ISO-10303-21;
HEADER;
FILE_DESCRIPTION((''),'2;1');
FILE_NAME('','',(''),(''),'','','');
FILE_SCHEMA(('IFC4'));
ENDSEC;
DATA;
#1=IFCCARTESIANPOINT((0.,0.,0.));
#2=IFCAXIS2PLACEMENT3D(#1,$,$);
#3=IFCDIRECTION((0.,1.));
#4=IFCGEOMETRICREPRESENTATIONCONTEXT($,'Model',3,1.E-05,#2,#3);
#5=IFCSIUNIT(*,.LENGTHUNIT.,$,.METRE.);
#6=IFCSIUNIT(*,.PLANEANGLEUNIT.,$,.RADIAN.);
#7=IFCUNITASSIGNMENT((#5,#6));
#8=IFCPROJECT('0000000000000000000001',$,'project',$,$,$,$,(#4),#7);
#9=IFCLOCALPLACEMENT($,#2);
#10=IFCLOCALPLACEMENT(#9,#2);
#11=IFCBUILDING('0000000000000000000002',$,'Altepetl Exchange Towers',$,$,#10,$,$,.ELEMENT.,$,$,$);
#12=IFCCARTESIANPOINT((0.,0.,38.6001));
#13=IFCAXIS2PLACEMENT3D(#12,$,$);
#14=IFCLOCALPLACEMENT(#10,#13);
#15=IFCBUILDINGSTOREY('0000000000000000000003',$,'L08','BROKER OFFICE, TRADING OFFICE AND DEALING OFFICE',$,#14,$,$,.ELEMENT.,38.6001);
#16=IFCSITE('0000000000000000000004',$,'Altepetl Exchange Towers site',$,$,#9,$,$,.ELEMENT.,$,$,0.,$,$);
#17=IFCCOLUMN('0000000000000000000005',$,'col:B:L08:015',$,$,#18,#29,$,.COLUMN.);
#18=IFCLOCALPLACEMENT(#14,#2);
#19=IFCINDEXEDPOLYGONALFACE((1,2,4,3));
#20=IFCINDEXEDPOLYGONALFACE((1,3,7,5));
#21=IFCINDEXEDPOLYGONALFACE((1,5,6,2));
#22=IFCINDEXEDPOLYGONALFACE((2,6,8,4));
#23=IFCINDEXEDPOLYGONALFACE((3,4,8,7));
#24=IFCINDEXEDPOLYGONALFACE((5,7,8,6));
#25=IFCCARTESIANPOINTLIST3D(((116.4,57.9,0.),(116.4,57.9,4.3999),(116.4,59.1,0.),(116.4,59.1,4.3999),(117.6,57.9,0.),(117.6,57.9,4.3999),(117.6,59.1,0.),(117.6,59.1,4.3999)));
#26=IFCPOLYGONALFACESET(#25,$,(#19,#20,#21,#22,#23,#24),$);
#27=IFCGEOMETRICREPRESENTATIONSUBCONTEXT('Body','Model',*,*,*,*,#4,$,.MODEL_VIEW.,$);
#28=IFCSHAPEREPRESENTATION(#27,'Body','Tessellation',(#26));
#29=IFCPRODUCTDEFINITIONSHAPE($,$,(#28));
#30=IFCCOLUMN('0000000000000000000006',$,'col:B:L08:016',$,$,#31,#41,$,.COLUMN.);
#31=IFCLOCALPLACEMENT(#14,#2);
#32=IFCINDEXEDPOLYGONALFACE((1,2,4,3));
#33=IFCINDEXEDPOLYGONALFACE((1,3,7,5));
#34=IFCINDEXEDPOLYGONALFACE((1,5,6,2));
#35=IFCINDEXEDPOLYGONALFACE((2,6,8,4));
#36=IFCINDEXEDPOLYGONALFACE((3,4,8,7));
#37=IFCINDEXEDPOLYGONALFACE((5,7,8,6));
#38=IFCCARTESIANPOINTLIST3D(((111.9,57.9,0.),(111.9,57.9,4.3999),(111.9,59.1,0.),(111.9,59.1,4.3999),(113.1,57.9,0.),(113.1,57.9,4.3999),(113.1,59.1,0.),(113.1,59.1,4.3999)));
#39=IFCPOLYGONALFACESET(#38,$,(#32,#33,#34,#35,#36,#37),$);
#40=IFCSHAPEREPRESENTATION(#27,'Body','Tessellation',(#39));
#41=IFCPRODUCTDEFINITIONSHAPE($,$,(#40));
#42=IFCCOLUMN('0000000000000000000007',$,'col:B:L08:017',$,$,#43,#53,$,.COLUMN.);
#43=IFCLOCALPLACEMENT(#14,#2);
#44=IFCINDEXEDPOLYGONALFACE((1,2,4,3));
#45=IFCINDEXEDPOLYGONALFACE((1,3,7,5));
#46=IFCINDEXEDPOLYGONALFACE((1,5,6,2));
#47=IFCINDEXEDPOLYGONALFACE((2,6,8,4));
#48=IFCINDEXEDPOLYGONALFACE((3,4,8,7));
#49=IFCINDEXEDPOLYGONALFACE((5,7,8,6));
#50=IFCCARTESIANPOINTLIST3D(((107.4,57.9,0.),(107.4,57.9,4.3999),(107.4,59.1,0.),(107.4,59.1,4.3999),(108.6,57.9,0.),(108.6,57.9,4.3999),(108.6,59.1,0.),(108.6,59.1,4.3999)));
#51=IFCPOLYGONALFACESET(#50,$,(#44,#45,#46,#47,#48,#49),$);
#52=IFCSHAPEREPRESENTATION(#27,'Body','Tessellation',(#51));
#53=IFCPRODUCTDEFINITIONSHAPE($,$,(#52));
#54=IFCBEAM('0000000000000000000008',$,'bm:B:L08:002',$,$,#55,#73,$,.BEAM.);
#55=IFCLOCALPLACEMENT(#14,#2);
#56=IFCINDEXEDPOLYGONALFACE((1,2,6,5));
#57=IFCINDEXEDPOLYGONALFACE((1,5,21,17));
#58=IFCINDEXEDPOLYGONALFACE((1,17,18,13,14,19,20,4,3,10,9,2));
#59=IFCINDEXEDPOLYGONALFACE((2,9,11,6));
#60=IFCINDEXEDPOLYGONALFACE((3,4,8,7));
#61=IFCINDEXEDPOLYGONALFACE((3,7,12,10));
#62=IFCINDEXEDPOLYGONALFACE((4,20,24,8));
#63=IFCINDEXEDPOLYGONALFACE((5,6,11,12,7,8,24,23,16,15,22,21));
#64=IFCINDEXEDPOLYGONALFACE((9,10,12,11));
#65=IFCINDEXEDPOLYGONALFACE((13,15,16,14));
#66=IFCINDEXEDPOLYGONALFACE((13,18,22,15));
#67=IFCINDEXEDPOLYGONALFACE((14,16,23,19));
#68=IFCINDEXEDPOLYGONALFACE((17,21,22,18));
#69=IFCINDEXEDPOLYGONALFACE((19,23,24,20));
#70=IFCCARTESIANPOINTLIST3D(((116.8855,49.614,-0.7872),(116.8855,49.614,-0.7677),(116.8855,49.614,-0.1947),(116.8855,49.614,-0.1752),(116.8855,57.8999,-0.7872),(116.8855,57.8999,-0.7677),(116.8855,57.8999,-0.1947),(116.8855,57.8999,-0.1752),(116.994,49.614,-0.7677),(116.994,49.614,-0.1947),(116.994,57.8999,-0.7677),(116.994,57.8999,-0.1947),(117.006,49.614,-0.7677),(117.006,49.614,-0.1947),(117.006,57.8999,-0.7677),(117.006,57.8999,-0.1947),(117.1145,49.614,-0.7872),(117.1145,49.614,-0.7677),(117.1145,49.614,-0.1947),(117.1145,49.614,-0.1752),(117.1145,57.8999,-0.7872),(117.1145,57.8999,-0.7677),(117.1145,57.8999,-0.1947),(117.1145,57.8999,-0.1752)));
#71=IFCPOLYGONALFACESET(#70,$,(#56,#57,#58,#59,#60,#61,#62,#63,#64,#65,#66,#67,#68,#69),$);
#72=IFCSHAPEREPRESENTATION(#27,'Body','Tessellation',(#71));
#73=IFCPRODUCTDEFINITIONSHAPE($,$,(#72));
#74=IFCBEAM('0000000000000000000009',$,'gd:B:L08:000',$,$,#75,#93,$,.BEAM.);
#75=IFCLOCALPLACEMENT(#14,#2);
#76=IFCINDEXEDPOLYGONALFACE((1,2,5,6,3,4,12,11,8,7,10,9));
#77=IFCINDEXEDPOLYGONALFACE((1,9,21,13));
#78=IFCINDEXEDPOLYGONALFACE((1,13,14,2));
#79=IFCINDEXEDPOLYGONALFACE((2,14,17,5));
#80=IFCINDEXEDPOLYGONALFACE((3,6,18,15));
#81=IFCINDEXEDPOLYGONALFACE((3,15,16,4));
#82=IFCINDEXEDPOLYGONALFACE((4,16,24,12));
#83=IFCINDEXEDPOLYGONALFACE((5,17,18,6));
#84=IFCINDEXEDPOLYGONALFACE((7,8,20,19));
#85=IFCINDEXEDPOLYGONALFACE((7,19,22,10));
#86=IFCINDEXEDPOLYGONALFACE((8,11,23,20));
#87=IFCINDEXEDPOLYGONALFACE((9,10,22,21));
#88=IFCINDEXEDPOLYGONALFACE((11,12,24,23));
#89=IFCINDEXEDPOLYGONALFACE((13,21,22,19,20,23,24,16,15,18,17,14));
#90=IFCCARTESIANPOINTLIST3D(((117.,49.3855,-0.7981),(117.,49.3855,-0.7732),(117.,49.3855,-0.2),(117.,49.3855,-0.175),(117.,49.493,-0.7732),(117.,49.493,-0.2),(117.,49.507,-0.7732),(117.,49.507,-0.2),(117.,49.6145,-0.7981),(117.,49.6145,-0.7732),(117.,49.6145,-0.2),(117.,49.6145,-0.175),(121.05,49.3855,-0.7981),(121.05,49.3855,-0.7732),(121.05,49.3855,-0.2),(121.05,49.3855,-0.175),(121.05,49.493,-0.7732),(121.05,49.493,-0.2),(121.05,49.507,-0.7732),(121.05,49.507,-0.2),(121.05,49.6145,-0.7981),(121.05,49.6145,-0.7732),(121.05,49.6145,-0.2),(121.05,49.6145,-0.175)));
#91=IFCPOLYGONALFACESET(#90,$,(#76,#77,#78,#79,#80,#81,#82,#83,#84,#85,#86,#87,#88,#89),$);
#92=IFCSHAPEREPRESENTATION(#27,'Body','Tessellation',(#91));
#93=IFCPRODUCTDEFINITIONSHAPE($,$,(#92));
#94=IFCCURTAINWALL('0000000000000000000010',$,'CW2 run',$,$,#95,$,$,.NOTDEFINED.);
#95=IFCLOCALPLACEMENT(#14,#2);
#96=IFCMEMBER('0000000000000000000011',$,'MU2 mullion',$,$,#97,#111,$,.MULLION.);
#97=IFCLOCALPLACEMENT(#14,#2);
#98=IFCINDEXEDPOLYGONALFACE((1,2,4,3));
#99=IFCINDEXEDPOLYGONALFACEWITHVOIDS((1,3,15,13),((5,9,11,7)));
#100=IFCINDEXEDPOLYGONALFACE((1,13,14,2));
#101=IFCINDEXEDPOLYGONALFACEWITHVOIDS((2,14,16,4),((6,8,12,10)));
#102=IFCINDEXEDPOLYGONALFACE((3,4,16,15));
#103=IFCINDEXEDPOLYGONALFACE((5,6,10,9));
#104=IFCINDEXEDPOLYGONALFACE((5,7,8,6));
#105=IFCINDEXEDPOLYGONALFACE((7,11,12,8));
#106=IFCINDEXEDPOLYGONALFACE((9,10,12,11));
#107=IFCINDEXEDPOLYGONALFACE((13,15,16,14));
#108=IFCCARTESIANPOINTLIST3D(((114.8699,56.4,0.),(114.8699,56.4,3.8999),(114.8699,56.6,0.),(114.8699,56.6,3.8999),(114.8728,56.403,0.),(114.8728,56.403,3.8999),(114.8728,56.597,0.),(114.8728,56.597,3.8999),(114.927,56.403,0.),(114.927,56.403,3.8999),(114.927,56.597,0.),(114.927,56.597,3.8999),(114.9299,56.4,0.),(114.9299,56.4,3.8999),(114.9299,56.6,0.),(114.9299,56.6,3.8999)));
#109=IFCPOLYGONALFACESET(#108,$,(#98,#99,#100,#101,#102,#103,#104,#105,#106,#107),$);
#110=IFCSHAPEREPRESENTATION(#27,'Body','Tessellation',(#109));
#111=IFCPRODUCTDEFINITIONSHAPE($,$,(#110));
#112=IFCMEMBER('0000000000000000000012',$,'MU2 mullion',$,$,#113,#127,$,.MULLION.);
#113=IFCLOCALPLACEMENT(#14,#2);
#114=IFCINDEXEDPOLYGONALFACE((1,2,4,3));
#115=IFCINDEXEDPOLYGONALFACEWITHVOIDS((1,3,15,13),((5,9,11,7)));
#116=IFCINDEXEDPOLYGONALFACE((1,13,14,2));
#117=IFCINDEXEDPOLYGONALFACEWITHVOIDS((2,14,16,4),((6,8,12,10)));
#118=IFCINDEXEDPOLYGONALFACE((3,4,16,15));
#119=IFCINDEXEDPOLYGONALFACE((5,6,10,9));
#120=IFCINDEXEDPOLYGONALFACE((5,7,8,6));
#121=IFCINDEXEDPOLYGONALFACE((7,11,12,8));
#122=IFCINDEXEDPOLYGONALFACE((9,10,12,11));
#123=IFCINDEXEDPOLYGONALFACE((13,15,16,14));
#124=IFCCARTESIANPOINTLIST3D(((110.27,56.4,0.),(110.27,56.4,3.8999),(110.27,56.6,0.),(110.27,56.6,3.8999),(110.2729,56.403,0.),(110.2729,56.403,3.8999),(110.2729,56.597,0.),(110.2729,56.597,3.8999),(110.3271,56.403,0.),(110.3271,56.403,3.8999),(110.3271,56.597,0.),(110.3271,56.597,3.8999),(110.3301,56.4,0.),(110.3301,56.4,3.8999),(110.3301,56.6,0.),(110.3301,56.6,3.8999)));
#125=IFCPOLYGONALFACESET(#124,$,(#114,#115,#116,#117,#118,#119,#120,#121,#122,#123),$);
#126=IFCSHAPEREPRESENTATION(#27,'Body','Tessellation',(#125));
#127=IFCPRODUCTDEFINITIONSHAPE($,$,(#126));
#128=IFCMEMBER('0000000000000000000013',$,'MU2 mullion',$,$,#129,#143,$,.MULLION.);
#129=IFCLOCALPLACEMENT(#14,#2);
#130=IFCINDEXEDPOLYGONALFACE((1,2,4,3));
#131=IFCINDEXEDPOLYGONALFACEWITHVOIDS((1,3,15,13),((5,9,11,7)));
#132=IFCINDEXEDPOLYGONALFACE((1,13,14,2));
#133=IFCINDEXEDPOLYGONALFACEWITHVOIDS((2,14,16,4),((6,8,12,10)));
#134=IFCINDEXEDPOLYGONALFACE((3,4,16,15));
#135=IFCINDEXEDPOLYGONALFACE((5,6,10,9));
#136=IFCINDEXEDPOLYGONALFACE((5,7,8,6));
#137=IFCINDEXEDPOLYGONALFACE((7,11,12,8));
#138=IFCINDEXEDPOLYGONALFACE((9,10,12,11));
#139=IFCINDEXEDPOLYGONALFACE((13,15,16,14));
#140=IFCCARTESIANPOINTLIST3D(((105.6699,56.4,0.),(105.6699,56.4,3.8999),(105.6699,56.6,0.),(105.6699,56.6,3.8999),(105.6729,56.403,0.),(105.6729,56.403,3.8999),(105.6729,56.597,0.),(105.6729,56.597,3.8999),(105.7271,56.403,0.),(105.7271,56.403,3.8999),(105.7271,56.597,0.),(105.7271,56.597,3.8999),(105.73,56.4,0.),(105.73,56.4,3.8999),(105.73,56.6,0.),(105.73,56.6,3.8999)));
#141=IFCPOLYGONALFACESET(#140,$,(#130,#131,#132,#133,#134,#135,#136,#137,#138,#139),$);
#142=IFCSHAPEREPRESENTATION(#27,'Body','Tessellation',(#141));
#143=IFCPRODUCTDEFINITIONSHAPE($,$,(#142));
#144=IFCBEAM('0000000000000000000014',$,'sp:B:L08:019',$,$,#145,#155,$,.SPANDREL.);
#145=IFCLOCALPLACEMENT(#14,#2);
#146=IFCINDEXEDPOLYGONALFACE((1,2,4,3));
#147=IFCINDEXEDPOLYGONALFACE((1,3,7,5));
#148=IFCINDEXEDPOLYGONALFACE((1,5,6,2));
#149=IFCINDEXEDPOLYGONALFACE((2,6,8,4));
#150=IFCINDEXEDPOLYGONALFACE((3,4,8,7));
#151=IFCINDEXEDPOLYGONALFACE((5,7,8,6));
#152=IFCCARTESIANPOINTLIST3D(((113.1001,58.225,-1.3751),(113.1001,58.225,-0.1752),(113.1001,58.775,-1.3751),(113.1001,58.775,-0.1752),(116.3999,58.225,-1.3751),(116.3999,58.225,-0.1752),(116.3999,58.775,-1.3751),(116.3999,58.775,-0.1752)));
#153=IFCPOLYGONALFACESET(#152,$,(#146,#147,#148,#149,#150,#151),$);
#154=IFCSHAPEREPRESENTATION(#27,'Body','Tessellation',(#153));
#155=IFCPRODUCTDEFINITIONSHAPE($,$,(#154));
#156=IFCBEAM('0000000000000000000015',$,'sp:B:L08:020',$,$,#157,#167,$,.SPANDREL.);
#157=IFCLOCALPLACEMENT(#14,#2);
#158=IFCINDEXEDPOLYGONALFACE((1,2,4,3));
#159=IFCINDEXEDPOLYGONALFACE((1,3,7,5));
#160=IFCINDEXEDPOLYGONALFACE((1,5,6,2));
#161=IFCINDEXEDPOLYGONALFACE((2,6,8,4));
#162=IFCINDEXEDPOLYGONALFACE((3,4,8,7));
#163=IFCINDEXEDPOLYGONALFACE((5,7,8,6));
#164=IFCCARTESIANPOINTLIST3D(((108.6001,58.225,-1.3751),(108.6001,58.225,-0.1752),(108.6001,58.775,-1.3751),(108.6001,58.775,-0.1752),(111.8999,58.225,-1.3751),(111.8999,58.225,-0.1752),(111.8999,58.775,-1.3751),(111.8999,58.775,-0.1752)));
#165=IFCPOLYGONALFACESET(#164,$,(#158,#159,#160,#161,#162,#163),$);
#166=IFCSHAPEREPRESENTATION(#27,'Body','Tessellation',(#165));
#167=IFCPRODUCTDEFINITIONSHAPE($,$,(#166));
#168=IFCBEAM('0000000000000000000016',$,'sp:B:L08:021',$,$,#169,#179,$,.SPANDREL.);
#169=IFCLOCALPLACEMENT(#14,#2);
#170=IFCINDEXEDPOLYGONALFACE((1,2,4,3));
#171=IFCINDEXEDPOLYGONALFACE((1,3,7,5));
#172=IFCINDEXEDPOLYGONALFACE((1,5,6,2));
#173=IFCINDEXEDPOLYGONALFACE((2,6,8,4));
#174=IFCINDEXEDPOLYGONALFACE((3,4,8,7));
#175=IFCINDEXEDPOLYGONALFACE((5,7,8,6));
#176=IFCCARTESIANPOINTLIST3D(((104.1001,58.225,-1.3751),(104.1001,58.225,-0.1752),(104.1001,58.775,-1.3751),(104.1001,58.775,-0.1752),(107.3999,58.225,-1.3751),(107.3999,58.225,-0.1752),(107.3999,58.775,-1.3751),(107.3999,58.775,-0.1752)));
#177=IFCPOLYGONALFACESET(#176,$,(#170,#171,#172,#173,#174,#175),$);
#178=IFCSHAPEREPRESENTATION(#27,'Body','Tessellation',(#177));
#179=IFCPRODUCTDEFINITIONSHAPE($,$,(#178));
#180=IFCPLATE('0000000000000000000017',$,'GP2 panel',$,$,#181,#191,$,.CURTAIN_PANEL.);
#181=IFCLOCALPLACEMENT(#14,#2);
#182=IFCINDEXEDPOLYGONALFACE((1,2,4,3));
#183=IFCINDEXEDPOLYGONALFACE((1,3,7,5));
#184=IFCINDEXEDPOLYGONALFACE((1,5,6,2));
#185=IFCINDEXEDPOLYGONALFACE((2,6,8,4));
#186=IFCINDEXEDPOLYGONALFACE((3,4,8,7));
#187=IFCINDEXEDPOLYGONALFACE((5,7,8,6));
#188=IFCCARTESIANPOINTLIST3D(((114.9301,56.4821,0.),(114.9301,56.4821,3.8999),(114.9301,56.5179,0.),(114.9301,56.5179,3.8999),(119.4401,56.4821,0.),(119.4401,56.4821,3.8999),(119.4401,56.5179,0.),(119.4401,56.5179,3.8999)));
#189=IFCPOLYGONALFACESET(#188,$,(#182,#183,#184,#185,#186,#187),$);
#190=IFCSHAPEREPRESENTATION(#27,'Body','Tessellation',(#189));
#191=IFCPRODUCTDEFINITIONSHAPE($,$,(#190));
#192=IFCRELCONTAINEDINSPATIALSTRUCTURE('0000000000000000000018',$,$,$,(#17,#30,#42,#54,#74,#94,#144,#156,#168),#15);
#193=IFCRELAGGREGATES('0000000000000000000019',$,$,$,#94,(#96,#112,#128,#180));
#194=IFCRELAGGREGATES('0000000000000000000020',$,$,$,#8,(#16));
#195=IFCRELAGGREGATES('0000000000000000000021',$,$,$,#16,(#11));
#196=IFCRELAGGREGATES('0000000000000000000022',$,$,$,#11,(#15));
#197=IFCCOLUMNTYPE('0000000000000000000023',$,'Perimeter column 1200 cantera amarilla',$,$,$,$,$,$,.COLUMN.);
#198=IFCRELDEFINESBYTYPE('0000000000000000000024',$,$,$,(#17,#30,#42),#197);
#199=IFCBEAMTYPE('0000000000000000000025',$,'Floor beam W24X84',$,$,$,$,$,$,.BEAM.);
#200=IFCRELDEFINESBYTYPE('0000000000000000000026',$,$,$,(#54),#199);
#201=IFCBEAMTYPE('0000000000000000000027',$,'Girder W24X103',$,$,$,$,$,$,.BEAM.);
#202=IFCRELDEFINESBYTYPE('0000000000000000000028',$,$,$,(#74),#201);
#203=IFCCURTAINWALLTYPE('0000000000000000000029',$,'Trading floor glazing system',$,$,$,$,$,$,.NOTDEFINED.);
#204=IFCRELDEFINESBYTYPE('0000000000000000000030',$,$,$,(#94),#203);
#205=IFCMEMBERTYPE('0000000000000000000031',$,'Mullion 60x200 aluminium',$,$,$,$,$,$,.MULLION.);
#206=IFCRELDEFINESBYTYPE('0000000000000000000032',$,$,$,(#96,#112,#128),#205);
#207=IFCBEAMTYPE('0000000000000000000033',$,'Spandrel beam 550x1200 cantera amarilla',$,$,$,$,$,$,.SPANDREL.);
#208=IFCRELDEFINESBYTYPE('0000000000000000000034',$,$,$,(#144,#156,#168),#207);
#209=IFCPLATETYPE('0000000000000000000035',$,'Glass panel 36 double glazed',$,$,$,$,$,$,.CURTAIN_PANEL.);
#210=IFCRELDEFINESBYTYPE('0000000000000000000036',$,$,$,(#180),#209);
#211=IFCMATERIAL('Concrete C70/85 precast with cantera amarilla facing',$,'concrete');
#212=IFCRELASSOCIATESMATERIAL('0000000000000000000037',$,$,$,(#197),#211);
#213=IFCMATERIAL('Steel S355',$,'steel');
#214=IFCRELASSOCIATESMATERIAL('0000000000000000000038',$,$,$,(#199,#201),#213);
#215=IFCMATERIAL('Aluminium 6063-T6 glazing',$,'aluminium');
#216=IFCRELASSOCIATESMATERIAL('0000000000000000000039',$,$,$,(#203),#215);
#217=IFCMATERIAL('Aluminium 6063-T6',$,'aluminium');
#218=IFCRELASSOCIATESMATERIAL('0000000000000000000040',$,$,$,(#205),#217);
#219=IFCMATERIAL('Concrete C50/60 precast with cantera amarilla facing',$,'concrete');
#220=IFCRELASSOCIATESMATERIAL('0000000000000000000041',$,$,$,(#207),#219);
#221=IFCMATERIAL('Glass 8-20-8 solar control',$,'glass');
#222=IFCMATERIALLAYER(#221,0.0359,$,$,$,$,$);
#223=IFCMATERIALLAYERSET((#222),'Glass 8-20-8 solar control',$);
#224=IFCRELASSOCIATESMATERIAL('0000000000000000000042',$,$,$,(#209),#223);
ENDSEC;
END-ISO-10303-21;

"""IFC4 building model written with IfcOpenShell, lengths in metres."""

from ifc_helpers import new_model, si_unit, direction, frame, origin, origin_2d, place, context, subcontext, project, spatial, rectangle, hollow_rectangle, i_section, extrude, material, layer, layer_set, material_profile, profile_set, type_object, element, aggregate, save


model = new_model("IFC4")

# Units and contexts
model_context = context("Model", 3, precision=1e-05, world=origin(), true_north=direction((0.0, 1.0)))
body_context = subcontext(model_context, "Body", "Model", "MODEL_VIEW")
ifc_project = project(units=[si_unit("LENGTHUNIT", "METRE"), si_unit("PLANEANGLEUNIT", "RADIAN")], contexts=[model_context])

# Site, building, storey
site_placement = place(None, origin())
site = spatial("IfcSite", under=ifc_project, at=site_placement, Name="Altepetl Exchange Towers site", CompositionType="ELEMENT", RefElevation=0.0)
building_placement = place(site_placement, origin())
building = spatial("IfcBuilding", under=site, at=building_placement, Name="Altepetl Exchange Towers", CompositionType="ELEMENT")
storey_placement = place(building_placement, frame((0.0, 0.0, 38.6001)))
storey = spatial("IfcBuildingStorey", under=building, at=storey_placement, Name="L08", Description="BROKER OFFICE, TRADING OFFICE AND DEALING OFFICE", CompositionType="ELEMENT", Elevation=38.6001)

# Columns
ifc_material_1 = material(Name="Concrete C70/85 precast with cantera amarilla facing", Category="concrete")
ifc_material_profile_1 = material_profile(ifc_material_1, rectangle(XDim=1.2, YDim=1.2, at=origin_2d()), Name="1200 x 1200")
ifc_profile_set_1 = profile_set([ifc_material_profile_1], Name="Concrete C70/85 precast with cantera amarilla facing")
column_type = type_object("IfcColumnType", Name="Perimeter column 1200 cantera amarilla", PredefinedType="COLUMN", material=ifc_profile_set_1)
for number, where, name in (
    (1, (117.0, 58.5, 0.0), "col:B:L08:015"),
    (2, (112.5, 58.5, 0.0), "col:B:L08:016"),
    (3, (108.0, 58.5, 0.0), "col:B:L08:017"),
):
    element("IfcColumn", number, at=place(storey_placement, frame(where)), inside=storey, type_object=column_type, Name=name, PredefinedType="COLUMN", context=body_context, shape_type="SweptSolid", body=[
        extrude(rectangle(XDim=1.2, YDim=1.2, at=origin_2d()), origin(), (0.0, 0.0, 1.0), 4.3999),
    ])

# Beams
ifc_material_2 = material(Name="Steel S355", Category="steel")
ifc_material_profile_2 = material_profile(ifc_material_2, i_section(OverallWidth=0.229, OverallDepth=0.6121, WebThickness=0.012, FlangeThickness=0.0195, at=origin_2d()), Name="W24X84")
ifc_profile_set_2 = profile_set([ifc_material_profile_2], Name="Steel S355")
beam_type_1 = type_object("IfcBeamType", Name="Floor beam W24X84", PredefinedType="BEAM", material=ifc_profile_set_2)
beam_1_placement = place(storey_placement, frame((117.0, 49.614, -0.4812), z_axis=(0.0, 1.0, 0.0), x_axis=(-1.0, 0.0, 0.0)))
element("IfcBeam", 4, at=beam_1_placement, inside=storey, type_object=beam_type_1, Name="bm:B:L08:002", PredefinedType="BEAM", context=body_context, shape_type="SweptSolid", body=[
    extrude(i_section(OverallWidth=0.229, OverallDepth=0.6121, WebThickness=0.012, FlangeThickness=0.0195, at=origin_2d()), origin(), (0.0, 0.0, 1.0), 8.2859),
])
ifc_material_profile_3 = material_profile(ifc_material_2, i_section(OverallWidth=0.229, OverallDepth=0.623, WebThickness=0.0139, FlangeThickness=0.0249, at=origin_2d()), Name="W24X103")
ifc_profile_set_3 = profile_set([ifc_material_profile_3], Name="Steel S355")
beam_type_2 = type_object("IfcBeamType", Name="Girder W24X103", PredefinedType="BEAM", material=ifc_profile_set_3)
beam_2_placement = place(storey_placement, frame((117.0, 49.5, -0.4866), z_axis=(1.0, 0.0, 0.0), x_axis=(0.0, 1.0, 0.0)))
element("IfcBeam", 5, at=beam_2_placement, inside=storey, type_object=beam_type_2, Name="gd:B:L08:000", PredefinedType="BEAM", context=body_context, shape_type="SweptSolid", body=[
    extrude(i_section(OverallWidth=0.229, OverallDepth=0.623, WebThickness=0.0139, FlangeThickness=0.0249, at=origin_2d()), origin(), (0.0, 0.0, 1.0), 4.05),
])

# Curtain wall, members
ifc_material_3 = material(Name="Aluminium 6063-T6 glazing", Category="aluminium")
curtain_wall_type = type_object("IfcCurtainWallType", Name="Trading floor glazing system", PredefinedType="NOTDEFINED", material=ifc_material_3)
curtain_wall_placement = place(storey_placement, origin())
curtain_wall = element("IfcCurtainWall", 6, at=curtain_wall_placement, inside=storey, type_object=curtain_wall_type, Name="CW2 run", PredefinedType="NOTDEFINED")
ifc_material_4 = material(Name="Aluminium 6063-T6", Category="aluminium")
ifc_material_profile_4 = material_profile(ifc_material_4, hollow_rectangle(XDim=0.0601, YDim=0.2, WallThickness=0.0029, at=origin_2d()), Name="Mullion 60x200 aluminium")
ifc_profile_set_4 = profile_set([ifc_material_profile_4], Name="Aluminium 6063-T6")
member_type = type_object("IfcMemberType", Name="Mullion 60x200 aluminium", PredefinedType="MULLION", material=ifc_profile_set_4)
member_1_placement = place(storey_placement, frame((114.8999, 56.5, 0.0), z_axis=(0.0, 0.0, 1.0), x_axis=(-1.0, 0.0, 0.0)))
member_1 = element("IfcMember", 7, at=member_1_placement, type_object=member_type, Name="MU2 mullion", PredefinedType="MULLION", context=body_context, shape_type="SweptSolid", body=[
    extrude(hollow_rectangle(XDim=0.0601, YDim=0.2, WallThickness=0.0029, at=origin_2d()), origin(), (0.0, 0.0, 1.0), 3.8999),
])
member_2_placement = place(storey_placement, frame((110.3, 56.5, 0.0), z_axis=(0.0, 0.0, 1.0), x_axis=(-1.0, 0.0, 0.0)))
member_2 = element("IfcMember", 8, at=member_2_placement, type_object=member_type, Name="MU2 mullion", PredefinedType="MULLION", context=body_context, shape_type="SweptSolid", body=[
    extrude(hollow_rectangle(XDim=0.0601, YDim=0.2, WallThickness=0.0029, at=origin_2d()), origin(), (0.0, 0.0, 1.0), 3.8999),
])
member_3_placement = place(storey_placement, frame((105.7, 56.5, 0.0), z_axis=(0.0, 0.0, 1.0), x_axis=(-1.0, 0.0, 0.0)))
member_3 = element("IfcMember", 9, at=member_3_placement, type_object=member_type, Name="MU2 mullion", PredefinedType="MULLION", context=body_context, shape_type="SweptSolid", body=[
    extrude(hollow_rectangle(XDim=0.0601, YDim=0.2, WallThickness=0.0029, at=origin_2d()), origin(), (0.0, 0.0, 1.0), 3.8999),
])

# Beams
ifc_material_5 = material(Name="Concrete C50/60 precast with cantera amarilla facing", Category="concrete")
ifc_material_profile_5 = material_profile(ifc_material_5, rectangle(XDim=0.55, YDim=1.2, at=origin_2d()), Name="550 x 1200")
ifc_profile_set_5 = profile_set([ifc_material_profile_5], Name="Concrete C50/60 precast with cantera amarilla facing")
beam_type_3 = type_object("IfcBeamType", Name="Spandrel beam 550x1200 cantera amarilla", PredefinedType="SPANDREL", material=ifc_profile_set_5)
for number, where, z_axis, x_axis, name in (
    (10, (116.3999, 58.5, -0.7751), (-1.0, 0.0, 0.0), (0.0, -1.0, 0.0), "sp:B:L08:019"),
    (11, (111.8999, 58.5, -0.7751), (-1.0, 0.0, 0.0), (0.0, -1.0, 0.0), "sp:B:L08:020"),
    (12, (107.3999, 58.5, -0.7751), (-1.0, 0.0, 0.0), (0.0, -1.0, 0.0), "sp:B:L08:021"),
):
    element("IfcBeam", number, at=place(storey_placement, frame(where, z_axis=z_axis, x_axis=x_axis)), inside=storey, type_object=beam_type_3, Name=name, PredefinedType="SPANDREL", context=body_context, shape_type="SweptSolid", body=[
        extrude(rectangle(XDim=0.55, YDim=1.2, at=origin_2d()), origin(), (0.0, 0.0, 1.0), 3.2998),
    ])

# Plate
ifc_material_6 = material(Name="Glass 8-20-8 solar control", Category="glass")
ifc_layer_1 = layer(ifc_material_6, 0.0359)
ifc_layer_set_1 = layer_set([ifc_layer_1], Name="Glass 8-20-8 solar control")
plate_type = type_object("IfcPlateType", Name="Glass panel 36 double glazed", PredefinedType="CURTAIN_PANEL", material=ifc_layer_set_1)
plate_1_placement = place(storey_placement, frame((117.1851, 56.5, 0.0), z_axis=(0.0, 0.0, 1.0), x_axis=(-1.0, 0.0, 0.0)))
plate_1 = element("IfcPlate", 13, at=plate_1_placement, type_object=plate_type, Name="GP2 panel", PredefinedType="CURTAIN_PANEL", context=body_context, shape_type="SweptSolid", body=[
    extrude(rectangle(XDim=4.51, YDim=0.0359, at=origin_2d()), origin(), (0.0, 0.0, 1.0), 3.8999),
])
aggregate(curtain_wall, [member_1, member_2, member_3, plate_1])

save(model, "model.ifc")
